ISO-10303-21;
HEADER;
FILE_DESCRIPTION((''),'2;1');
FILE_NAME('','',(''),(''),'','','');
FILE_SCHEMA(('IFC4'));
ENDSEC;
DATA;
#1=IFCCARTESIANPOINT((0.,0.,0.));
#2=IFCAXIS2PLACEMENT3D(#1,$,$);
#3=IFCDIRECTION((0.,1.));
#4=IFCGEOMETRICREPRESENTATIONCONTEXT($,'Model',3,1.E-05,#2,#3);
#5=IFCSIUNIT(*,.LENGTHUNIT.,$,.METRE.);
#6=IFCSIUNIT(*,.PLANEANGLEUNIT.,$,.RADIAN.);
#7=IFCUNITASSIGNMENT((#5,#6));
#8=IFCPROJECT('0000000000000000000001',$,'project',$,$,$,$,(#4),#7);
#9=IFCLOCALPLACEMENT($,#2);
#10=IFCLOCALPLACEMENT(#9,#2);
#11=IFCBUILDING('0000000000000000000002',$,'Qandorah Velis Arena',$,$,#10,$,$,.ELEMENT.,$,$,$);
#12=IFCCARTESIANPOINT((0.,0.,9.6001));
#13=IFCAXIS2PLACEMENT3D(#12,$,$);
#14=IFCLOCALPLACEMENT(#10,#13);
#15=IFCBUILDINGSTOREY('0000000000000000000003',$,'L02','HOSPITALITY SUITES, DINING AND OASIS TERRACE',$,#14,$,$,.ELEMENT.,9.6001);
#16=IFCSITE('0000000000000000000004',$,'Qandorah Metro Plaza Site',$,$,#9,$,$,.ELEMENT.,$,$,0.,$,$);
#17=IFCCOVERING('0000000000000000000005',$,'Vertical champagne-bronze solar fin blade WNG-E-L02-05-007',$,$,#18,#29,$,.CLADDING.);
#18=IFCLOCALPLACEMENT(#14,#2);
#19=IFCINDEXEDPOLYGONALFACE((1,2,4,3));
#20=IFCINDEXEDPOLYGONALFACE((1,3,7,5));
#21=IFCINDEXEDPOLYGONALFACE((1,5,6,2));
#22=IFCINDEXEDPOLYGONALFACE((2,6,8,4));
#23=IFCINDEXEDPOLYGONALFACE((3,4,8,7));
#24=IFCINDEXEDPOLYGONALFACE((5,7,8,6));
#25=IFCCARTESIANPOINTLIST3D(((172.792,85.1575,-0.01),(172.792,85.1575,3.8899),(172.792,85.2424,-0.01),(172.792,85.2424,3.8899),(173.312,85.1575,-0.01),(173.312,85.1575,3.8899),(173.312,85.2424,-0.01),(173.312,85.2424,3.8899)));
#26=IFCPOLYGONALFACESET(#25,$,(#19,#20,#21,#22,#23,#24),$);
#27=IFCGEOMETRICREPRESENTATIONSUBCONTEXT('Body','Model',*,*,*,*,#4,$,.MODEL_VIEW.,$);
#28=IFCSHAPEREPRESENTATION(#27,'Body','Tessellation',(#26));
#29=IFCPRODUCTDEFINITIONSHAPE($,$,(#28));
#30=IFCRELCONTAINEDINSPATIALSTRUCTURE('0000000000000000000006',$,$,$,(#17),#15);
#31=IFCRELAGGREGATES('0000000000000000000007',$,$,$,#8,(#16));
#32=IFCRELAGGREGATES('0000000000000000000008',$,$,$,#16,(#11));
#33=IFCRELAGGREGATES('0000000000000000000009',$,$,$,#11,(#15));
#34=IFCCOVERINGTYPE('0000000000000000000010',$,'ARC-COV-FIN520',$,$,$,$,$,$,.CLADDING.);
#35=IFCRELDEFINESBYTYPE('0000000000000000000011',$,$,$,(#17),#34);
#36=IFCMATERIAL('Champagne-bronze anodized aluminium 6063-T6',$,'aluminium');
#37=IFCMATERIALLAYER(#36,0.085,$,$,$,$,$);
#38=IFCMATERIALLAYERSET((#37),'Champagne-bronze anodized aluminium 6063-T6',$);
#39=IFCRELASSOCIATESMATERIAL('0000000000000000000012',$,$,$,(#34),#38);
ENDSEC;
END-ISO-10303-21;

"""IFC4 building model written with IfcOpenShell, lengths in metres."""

from ifc_helpers import new_model, si_unit, direction, frame, origin, origin_2d, place, context, subcontext, project, spatial, rectangle, extrude, material, layer, layer_set, type_object, element, save


model = new_model("IFC4")

# Units and contexts
model_context = context("Model", 3, precision=1e-05, world=origin(), true_north=direction((0.0, 1.0)))
body_context = subcontext(model_context, "Body", "Model", "MODEL_VIEW")
ifc_project = project(units=[si_unit("LENGTHUNIT", "METRE"), si_unit("PLANEANGLEUNIT", "RADIAN")], contexts=[model_context])

# Site, building, storey
site_placement = place(None, origin())
site = spatial("IfcSite", under=ifc_project, at=site_placement, Name="Qandorah Metro Plaza Site", CompositionType="ELEMENT", RefElevation=0.0)
building_placement = place(site_placement, origin())
building = spatial("IfcBuilding", under=site, at=building_placement, Name="Qandorah Velis Arena", CompositionType="ELEMENT")
storey_placement = place(building_placement, frame((0.0, 0.0, 9.6001)))
storey = spatial("IfcBuildingStorey", under=building, at=storey_placement, Name="L02", Description="HOSPITALITY SUITES, DINING AND OASIS TERRACE", CompositionType="ELEMENT", Elevation=9.6001)

# Shared definitions
ifc_material_1 = material(Name="Champagne-bronze anodized aluminium 6063-T6", Category="aluminium")

# Covering
ifc_layer_1 = layer(ifc_material_1, 0.085)
ifc_layer_set_1 = layer_set([ifc_layer_1], Name="Champagne-bronze anodized aluminium 6063-T6")
covering_type = type_object("IfcCoveringType", Name="ARC-COV-FIN520", PredefinedType="CLADDING", material=ifc_layer_set_1)
for number, where, z_axis, x_axis, name in (
    (1, (173.052, 85.2, -0.01), (0.0, 0.0, 1.0), (1.0, 0.0, 0.0), "Vertical champagne-bronze solar fin blade WNG-E-L02-05-007"),
):
    element("IfcCovering", number, at=place(storey_placement, frame(where, z_axis=z_axis, x_axis=x_axis)), inside=storey, type_object=covering_type, Name=name, PredefinedType="CLADDING", context=body_context, shape_type="SweptSolid", body=[
        extrude(rectangle(XDim=0.52, YDim=0.085, at=origin_2d()), origin(), (0.0, 0.0, 1.0), 3.8999),
    ])

save(model, "model.ifc")
